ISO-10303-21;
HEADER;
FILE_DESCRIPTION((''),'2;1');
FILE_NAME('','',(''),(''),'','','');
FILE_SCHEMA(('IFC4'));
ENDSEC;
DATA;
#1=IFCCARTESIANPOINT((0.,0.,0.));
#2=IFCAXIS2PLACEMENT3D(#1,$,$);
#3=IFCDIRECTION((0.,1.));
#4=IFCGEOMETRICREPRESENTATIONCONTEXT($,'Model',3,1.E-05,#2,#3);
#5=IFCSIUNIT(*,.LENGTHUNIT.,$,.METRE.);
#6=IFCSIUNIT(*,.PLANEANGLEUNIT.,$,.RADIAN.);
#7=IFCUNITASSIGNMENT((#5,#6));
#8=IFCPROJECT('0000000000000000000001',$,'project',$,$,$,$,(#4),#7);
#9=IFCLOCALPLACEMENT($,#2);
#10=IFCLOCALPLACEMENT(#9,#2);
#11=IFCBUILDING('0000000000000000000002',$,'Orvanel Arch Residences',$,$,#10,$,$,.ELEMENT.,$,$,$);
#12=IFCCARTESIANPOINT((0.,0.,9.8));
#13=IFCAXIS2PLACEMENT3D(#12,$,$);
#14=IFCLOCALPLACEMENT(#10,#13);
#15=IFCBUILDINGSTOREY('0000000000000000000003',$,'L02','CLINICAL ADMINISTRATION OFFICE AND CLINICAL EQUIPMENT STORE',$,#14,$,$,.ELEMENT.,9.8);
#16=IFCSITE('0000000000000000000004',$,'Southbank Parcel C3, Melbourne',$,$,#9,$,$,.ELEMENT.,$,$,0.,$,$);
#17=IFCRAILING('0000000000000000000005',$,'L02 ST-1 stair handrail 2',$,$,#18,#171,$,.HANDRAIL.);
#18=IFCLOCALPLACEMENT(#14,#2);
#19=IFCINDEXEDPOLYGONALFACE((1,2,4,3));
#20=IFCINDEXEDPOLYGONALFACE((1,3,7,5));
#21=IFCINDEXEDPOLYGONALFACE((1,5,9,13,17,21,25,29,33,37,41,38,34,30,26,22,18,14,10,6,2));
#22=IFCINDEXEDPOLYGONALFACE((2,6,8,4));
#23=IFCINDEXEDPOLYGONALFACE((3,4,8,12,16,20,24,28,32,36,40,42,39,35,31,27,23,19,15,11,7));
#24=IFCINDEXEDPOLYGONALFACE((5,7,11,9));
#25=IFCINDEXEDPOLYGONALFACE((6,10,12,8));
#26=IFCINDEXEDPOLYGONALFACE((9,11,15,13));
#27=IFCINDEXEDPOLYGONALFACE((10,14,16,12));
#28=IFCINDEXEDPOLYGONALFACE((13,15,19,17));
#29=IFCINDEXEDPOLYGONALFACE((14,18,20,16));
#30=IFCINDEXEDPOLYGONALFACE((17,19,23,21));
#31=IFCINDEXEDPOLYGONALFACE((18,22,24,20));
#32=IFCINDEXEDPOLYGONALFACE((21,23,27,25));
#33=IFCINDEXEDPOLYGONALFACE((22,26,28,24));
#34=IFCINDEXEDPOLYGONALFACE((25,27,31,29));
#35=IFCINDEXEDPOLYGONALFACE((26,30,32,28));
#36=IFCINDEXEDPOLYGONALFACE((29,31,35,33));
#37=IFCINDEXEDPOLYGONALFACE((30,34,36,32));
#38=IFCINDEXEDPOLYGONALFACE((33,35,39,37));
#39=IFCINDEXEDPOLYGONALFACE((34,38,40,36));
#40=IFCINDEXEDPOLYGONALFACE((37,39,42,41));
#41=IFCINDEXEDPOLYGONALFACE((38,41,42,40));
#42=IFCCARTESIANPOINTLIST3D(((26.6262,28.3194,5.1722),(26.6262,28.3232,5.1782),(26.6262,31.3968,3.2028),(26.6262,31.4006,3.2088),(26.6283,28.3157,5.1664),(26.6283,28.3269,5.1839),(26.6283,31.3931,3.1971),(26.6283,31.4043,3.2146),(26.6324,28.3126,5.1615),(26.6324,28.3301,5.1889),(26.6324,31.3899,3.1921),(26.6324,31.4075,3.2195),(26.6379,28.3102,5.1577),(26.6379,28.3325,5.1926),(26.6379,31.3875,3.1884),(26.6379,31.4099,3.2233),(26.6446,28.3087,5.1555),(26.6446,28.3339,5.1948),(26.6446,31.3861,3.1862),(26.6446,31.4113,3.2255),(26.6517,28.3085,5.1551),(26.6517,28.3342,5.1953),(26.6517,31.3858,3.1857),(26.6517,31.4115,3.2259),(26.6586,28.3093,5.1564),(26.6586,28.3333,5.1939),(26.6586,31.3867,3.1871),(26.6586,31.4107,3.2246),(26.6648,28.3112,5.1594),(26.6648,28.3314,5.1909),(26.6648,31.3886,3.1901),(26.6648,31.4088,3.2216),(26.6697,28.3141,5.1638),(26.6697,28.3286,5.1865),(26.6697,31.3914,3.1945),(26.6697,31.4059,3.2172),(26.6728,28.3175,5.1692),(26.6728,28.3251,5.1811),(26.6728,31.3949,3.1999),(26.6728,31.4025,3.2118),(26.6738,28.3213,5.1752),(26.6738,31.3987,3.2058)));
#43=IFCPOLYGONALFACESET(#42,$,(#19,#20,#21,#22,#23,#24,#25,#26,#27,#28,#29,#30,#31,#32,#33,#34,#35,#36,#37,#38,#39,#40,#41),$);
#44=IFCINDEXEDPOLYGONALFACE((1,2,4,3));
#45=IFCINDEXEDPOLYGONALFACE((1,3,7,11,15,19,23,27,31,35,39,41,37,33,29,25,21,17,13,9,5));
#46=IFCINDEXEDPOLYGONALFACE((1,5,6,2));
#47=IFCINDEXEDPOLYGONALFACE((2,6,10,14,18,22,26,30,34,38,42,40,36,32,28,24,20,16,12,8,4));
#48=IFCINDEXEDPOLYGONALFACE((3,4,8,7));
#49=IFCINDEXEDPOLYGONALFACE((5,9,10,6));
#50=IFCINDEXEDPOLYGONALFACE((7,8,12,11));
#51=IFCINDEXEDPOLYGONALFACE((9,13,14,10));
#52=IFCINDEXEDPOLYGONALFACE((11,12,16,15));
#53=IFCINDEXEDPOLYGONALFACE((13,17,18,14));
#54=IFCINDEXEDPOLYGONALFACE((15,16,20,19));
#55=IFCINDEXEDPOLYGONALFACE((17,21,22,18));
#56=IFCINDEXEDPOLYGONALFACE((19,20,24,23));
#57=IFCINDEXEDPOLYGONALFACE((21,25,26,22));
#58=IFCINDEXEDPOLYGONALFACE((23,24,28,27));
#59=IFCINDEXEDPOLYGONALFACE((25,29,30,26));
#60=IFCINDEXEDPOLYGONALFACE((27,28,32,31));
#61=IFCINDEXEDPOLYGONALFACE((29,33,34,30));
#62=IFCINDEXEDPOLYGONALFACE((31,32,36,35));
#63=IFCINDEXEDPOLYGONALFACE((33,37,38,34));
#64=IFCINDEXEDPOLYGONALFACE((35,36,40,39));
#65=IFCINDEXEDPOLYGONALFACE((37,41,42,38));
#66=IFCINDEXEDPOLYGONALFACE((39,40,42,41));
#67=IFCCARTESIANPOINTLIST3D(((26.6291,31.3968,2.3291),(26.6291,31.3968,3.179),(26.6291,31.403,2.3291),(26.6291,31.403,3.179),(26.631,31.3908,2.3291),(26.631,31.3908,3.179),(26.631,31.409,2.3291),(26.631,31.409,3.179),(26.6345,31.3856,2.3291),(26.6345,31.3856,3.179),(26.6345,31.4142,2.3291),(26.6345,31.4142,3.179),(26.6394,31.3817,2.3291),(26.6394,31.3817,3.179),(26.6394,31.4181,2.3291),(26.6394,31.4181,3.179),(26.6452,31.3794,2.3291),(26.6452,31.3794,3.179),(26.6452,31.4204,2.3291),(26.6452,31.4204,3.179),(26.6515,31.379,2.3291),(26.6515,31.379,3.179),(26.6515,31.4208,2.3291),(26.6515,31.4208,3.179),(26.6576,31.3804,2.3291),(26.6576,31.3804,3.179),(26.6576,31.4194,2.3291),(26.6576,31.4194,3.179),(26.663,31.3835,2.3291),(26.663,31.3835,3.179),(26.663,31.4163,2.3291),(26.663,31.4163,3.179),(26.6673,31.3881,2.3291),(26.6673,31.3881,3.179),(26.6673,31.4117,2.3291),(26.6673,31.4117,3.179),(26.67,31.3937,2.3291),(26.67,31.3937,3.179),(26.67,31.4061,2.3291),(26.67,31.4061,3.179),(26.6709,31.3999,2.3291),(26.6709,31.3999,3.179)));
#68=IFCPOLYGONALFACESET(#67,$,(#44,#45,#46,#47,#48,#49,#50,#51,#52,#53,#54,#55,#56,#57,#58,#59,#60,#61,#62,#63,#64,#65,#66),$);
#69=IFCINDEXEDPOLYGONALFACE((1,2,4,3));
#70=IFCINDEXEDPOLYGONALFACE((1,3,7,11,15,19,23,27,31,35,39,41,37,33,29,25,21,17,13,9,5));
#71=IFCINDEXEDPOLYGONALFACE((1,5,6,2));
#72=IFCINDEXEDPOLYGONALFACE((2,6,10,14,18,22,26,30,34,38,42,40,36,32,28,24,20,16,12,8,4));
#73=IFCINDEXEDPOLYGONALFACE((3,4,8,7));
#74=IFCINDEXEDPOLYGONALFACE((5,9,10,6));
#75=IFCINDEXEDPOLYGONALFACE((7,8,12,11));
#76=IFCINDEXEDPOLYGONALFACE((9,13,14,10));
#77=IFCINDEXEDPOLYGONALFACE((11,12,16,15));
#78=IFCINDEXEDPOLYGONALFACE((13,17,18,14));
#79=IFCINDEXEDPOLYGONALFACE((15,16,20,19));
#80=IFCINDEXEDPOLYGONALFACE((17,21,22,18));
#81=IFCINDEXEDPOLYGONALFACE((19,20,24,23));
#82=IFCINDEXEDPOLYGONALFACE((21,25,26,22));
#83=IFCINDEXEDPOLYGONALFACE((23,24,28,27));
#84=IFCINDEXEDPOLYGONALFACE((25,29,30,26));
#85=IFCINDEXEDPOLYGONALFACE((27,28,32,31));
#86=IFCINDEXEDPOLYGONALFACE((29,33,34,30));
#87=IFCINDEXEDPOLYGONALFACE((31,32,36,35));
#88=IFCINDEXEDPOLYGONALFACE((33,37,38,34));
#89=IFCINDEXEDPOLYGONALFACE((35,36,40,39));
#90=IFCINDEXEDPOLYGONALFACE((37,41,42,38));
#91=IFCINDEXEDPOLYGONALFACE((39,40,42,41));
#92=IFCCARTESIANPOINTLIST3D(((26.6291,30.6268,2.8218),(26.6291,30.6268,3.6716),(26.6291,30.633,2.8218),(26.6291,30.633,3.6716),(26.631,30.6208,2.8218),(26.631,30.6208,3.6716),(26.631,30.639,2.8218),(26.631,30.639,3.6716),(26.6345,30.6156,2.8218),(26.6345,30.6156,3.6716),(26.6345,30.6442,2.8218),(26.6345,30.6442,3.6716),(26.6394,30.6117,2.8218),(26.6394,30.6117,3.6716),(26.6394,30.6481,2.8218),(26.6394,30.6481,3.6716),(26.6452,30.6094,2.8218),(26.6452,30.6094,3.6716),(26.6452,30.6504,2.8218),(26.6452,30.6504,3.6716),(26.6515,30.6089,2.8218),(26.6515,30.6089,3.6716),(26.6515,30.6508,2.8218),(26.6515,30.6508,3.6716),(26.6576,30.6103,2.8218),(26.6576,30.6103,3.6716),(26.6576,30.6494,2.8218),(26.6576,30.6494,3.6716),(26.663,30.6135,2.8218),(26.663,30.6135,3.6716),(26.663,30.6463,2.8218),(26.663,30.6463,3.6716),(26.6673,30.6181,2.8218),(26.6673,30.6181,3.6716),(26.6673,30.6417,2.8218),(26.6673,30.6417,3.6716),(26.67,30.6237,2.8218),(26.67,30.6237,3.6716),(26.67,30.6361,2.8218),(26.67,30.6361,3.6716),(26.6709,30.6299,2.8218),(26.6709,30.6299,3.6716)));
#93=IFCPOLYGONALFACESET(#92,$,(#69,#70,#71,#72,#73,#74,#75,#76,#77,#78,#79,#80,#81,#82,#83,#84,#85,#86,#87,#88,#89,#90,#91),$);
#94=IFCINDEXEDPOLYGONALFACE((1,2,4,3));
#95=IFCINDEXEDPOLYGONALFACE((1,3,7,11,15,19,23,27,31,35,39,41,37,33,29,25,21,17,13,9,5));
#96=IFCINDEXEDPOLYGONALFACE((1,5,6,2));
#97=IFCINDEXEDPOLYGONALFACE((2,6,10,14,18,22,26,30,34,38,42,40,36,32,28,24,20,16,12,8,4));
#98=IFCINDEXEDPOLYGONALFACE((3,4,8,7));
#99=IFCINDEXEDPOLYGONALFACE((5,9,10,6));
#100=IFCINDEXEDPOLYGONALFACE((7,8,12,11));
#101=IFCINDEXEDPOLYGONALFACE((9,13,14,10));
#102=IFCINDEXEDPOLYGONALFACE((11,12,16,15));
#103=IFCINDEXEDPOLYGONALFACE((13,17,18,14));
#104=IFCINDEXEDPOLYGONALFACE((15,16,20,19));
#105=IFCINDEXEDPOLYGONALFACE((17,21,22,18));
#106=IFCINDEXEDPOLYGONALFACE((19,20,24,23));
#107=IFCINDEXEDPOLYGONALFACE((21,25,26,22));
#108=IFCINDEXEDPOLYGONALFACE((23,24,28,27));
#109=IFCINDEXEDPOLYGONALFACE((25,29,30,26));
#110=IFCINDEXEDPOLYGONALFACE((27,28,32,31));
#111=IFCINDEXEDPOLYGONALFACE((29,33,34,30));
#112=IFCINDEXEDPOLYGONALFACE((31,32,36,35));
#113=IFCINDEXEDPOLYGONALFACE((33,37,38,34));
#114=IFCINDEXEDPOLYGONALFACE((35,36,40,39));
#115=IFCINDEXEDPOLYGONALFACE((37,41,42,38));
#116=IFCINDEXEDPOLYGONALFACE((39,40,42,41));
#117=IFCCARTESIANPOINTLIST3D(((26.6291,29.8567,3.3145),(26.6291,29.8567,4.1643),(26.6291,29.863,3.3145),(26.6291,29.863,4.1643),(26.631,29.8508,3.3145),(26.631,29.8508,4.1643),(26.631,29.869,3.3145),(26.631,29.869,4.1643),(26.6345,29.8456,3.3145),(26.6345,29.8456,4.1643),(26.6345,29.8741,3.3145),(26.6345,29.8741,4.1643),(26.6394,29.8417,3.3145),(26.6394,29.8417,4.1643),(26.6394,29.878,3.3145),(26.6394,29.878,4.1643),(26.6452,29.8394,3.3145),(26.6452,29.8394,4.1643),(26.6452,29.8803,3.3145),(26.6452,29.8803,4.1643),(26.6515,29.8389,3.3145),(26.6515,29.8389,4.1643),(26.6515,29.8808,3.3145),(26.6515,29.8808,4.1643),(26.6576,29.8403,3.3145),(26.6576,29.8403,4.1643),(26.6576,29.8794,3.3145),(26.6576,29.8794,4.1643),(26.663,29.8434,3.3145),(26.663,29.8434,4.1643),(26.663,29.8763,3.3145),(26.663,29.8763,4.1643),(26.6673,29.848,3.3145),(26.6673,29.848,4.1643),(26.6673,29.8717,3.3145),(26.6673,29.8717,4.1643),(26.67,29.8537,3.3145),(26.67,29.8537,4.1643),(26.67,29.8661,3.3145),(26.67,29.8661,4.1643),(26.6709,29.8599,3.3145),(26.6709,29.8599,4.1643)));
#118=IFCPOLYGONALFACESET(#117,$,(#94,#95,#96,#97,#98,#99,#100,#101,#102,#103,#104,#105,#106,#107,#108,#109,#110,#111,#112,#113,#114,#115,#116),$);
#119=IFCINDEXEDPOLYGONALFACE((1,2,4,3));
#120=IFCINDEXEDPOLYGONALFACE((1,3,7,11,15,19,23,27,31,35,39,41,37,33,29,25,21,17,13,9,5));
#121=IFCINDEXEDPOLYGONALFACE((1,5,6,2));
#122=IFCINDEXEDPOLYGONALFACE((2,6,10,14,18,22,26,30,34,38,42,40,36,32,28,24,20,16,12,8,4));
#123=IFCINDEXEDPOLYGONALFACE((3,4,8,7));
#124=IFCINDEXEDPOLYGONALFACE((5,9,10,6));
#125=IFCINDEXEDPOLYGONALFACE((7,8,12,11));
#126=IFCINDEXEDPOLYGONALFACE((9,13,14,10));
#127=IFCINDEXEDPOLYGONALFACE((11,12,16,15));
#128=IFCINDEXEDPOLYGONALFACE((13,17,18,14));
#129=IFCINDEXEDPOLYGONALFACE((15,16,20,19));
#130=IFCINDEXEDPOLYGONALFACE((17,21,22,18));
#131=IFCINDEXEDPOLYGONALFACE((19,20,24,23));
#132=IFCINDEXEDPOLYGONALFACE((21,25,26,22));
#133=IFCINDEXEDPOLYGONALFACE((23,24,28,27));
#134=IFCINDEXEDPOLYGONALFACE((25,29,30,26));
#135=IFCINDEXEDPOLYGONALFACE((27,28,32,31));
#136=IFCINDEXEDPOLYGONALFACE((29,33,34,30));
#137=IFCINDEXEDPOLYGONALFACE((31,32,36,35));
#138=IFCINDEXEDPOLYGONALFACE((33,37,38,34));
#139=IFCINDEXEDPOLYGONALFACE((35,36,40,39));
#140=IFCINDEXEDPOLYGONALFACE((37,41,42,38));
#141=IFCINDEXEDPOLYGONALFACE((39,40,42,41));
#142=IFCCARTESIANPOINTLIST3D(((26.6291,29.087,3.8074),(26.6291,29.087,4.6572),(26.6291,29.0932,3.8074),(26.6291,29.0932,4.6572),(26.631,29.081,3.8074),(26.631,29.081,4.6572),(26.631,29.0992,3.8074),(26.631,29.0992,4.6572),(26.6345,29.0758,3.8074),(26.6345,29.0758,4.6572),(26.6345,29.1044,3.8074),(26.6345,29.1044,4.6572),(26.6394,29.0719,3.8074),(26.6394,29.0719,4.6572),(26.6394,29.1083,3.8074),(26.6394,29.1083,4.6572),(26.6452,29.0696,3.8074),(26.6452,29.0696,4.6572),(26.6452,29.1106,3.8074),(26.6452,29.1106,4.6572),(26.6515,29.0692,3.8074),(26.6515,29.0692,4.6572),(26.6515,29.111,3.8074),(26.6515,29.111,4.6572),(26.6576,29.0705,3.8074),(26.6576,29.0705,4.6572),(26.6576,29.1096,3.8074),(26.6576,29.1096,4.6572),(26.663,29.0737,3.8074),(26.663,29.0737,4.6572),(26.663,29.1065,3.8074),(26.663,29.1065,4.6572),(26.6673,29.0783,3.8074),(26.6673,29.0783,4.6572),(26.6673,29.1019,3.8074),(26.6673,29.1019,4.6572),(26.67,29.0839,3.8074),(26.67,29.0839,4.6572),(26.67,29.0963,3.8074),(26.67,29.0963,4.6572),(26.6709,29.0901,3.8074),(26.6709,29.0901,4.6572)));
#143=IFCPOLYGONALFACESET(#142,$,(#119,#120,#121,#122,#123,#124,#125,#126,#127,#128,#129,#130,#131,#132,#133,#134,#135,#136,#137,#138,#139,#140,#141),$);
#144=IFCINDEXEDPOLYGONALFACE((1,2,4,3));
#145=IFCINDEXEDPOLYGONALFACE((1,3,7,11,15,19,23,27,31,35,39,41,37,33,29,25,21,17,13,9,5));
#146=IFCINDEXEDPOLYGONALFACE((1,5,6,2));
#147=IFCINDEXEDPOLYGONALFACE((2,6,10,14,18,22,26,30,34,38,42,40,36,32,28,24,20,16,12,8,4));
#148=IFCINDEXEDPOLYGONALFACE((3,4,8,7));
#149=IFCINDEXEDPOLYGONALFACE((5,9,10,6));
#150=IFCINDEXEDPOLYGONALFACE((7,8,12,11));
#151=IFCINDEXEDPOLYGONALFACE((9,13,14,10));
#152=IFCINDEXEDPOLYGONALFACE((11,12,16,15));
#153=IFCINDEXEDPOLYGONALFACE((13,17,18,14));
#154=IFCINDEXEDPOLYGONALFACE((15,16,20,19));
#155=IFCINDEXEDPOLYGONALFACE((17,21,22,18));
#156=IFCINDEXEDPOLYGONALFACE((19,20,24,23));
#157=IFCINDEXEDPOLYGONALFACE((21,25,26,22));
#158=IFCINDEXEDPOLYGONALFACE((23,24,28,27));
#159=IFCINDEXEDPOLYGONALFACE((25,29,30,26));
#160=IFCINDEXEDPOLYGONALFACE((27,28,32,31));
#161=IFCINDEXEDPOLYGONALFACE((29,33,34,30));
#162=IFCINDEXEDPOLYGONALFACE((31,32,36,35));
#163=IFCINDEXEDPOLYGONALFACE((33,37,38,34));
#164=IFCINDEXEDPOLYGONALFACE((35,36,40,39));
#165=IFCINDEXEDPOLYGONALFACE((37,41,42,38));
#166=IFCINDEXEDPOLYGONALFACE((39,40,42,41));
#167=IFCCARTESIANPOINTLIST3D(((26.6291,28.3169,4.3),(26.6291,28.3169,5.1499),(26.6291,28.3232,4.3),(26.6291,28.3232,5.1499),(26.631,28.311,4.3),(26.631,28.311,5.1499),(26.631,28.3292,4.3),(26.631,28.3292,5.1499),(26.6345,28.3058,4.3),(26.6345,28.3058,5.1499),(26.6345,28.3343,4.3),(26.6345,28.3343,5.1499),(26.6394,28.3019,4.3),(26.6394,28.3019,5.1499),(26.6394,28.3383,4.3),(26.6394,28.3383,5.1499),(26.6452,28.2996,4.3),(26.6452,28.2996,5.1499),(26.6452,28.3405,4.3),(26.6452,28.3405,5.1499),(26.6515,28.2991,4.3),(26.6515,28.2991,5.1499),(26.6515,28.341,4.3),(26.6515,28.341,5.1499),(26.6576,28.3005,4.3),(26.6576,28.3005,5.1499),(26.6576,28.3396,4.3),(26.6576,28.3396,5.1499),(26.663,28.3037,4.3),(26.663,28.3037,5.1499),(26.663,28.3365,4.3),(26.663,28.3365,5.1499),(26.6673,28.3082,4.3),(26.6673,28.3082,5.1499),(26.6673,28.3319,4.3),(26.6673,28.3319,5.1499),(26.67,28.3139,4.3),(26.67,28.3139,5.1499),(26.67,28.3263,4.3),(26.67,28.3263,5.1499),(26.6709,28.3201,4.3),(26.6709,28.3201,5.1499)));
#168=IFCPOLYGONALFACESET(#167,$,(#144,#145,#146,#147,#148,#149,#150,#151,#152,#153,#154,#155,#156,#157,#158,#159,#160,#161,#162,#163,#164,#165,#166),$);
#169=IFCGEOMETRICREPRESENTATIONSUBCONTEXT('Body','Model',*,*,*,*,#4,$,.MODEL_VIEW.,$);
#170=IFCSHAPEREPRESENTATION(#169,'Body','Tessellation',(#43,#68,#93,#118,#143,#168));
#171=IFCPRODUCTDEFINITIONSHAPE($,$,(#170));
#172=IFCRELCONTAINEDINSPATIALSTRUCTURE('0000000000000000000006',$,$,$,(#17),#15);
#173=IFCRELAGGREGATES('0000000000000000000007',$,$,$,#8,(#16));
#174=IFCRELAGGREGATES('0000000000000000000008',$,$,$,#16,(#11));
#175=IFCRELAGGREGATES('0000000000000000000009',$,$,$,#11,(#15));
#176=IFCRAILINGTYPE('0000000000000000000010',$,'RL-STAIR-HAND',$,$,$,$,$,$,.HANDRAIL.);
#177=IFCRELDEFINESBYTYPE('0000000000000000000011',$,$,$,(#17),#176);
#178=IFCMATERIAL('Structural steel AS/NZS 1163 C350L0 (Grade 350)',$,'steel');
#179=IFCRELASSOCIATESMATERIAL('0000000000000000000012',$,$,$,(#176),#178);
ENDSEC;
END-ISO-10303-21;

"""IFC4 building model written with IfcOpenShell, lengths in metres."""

from ifc_helpers import new_model, si_unit, direction, frame, origin, origin_2d, place, context, subcontext, project, spatial, circle, extrude, material, type_object, element, save


model = new_model("IFC4")

# Units and contexts
model_context = context("Model", 3, precision=1e-05, world=origin(), true_north=direction((0.0, 1.0)))
body_context = subcontext(model_context, "Body", "Model", "MODEL_VIEW")
ifc_project = project(units=[si_unit("LENGTHUNIT", "METRE"), si_unit("PLANEANGLEUNIT", "RADIAN")], contexts=[model_context])

# Site, building, storey
site_placement = place(None, origin())
site = spatial("IfcSite", under=ifc_project, at=site_placement, Name="Southbank Parcel C3, Melbourne", CompositionType="ELEMENT", RefElevation=0.0)
building_placement = place(site_placement, origin())
building = spatial("IfcBuilding", under=site, at=building_placement, Name="Orvanel Arch Residences", CompositionType="ELEMENT")
storey_placement = place(building_placement, frame((0.0, 0.0, 9.8)))
storey = spatial("IfcBuildingStorey", under=building, at=storey_placement, Name="L02", Description="CLINICAL ADMINISTRATION OFFICE AND CLINICAL EQUIPMENT STORE", CompositionType="ELEMENT", Elevation=9.8)

# Railing
ifc_material_1 = material(Name="Structural steel AS/NZS 1163 C350L0 (Grade 350)", Category="steel")
railing_type_1 = type_object("IfcRailingType", Name="RL-STAIR-HAND", PredefinedType="HANDRAIL", material=ifc_material_1)
railing_1_placement = place(storey_placement, frame((26.6499, 31.3999, 2.3291)))
element("IfcRailing", 1, at=railing_1_placement, inside=storey, type_object=railing_type_1, Name="L02 ST-1 stair handrail 2", PredefinedType="HANDRAIL", context=body_context, shape_type="SweptSolid", body=[
    extrude(circle(Radius=0.0239, at=origin_2d()), frame((0.0, -0.0012, 0.8767), z_axis=(0.0, -0.84229, 0.539025), x_axis=(1.0, 0.0, 0.0)), (0.0, 0.0, 1.0), 3.6536),
    extrude(circle(Radius=0.021, at=origin_2d()), origin(), (0.0, 0.0, 1.0), 0.8499),
    extrude(circle(Radius=0.021, at=origin_2d()), frame((0.0, -0.77, 0.4927)), (0.0, 0.0, 1.0), 0.8499),
    extrude(circle(Radius=0.021, at=origin_2d()), frame((0.0, -1.54, 0.9854)), (0.0, 0.0, 1.0), 0.8499),
    extrude(circle(Radius=0.021, at=origin_2d()), frame((0.0, -2.3098, 1.4783)), (0.0, 0.0, 1.0), 0.8499),
    extrude(circle(Radius=0.021, at=origin_2d()), frame((0.0, -3.0798, 1.9709)), (0.0, 0.0, 1.0), 0.8499),
])

save(model, "model.ifc")
